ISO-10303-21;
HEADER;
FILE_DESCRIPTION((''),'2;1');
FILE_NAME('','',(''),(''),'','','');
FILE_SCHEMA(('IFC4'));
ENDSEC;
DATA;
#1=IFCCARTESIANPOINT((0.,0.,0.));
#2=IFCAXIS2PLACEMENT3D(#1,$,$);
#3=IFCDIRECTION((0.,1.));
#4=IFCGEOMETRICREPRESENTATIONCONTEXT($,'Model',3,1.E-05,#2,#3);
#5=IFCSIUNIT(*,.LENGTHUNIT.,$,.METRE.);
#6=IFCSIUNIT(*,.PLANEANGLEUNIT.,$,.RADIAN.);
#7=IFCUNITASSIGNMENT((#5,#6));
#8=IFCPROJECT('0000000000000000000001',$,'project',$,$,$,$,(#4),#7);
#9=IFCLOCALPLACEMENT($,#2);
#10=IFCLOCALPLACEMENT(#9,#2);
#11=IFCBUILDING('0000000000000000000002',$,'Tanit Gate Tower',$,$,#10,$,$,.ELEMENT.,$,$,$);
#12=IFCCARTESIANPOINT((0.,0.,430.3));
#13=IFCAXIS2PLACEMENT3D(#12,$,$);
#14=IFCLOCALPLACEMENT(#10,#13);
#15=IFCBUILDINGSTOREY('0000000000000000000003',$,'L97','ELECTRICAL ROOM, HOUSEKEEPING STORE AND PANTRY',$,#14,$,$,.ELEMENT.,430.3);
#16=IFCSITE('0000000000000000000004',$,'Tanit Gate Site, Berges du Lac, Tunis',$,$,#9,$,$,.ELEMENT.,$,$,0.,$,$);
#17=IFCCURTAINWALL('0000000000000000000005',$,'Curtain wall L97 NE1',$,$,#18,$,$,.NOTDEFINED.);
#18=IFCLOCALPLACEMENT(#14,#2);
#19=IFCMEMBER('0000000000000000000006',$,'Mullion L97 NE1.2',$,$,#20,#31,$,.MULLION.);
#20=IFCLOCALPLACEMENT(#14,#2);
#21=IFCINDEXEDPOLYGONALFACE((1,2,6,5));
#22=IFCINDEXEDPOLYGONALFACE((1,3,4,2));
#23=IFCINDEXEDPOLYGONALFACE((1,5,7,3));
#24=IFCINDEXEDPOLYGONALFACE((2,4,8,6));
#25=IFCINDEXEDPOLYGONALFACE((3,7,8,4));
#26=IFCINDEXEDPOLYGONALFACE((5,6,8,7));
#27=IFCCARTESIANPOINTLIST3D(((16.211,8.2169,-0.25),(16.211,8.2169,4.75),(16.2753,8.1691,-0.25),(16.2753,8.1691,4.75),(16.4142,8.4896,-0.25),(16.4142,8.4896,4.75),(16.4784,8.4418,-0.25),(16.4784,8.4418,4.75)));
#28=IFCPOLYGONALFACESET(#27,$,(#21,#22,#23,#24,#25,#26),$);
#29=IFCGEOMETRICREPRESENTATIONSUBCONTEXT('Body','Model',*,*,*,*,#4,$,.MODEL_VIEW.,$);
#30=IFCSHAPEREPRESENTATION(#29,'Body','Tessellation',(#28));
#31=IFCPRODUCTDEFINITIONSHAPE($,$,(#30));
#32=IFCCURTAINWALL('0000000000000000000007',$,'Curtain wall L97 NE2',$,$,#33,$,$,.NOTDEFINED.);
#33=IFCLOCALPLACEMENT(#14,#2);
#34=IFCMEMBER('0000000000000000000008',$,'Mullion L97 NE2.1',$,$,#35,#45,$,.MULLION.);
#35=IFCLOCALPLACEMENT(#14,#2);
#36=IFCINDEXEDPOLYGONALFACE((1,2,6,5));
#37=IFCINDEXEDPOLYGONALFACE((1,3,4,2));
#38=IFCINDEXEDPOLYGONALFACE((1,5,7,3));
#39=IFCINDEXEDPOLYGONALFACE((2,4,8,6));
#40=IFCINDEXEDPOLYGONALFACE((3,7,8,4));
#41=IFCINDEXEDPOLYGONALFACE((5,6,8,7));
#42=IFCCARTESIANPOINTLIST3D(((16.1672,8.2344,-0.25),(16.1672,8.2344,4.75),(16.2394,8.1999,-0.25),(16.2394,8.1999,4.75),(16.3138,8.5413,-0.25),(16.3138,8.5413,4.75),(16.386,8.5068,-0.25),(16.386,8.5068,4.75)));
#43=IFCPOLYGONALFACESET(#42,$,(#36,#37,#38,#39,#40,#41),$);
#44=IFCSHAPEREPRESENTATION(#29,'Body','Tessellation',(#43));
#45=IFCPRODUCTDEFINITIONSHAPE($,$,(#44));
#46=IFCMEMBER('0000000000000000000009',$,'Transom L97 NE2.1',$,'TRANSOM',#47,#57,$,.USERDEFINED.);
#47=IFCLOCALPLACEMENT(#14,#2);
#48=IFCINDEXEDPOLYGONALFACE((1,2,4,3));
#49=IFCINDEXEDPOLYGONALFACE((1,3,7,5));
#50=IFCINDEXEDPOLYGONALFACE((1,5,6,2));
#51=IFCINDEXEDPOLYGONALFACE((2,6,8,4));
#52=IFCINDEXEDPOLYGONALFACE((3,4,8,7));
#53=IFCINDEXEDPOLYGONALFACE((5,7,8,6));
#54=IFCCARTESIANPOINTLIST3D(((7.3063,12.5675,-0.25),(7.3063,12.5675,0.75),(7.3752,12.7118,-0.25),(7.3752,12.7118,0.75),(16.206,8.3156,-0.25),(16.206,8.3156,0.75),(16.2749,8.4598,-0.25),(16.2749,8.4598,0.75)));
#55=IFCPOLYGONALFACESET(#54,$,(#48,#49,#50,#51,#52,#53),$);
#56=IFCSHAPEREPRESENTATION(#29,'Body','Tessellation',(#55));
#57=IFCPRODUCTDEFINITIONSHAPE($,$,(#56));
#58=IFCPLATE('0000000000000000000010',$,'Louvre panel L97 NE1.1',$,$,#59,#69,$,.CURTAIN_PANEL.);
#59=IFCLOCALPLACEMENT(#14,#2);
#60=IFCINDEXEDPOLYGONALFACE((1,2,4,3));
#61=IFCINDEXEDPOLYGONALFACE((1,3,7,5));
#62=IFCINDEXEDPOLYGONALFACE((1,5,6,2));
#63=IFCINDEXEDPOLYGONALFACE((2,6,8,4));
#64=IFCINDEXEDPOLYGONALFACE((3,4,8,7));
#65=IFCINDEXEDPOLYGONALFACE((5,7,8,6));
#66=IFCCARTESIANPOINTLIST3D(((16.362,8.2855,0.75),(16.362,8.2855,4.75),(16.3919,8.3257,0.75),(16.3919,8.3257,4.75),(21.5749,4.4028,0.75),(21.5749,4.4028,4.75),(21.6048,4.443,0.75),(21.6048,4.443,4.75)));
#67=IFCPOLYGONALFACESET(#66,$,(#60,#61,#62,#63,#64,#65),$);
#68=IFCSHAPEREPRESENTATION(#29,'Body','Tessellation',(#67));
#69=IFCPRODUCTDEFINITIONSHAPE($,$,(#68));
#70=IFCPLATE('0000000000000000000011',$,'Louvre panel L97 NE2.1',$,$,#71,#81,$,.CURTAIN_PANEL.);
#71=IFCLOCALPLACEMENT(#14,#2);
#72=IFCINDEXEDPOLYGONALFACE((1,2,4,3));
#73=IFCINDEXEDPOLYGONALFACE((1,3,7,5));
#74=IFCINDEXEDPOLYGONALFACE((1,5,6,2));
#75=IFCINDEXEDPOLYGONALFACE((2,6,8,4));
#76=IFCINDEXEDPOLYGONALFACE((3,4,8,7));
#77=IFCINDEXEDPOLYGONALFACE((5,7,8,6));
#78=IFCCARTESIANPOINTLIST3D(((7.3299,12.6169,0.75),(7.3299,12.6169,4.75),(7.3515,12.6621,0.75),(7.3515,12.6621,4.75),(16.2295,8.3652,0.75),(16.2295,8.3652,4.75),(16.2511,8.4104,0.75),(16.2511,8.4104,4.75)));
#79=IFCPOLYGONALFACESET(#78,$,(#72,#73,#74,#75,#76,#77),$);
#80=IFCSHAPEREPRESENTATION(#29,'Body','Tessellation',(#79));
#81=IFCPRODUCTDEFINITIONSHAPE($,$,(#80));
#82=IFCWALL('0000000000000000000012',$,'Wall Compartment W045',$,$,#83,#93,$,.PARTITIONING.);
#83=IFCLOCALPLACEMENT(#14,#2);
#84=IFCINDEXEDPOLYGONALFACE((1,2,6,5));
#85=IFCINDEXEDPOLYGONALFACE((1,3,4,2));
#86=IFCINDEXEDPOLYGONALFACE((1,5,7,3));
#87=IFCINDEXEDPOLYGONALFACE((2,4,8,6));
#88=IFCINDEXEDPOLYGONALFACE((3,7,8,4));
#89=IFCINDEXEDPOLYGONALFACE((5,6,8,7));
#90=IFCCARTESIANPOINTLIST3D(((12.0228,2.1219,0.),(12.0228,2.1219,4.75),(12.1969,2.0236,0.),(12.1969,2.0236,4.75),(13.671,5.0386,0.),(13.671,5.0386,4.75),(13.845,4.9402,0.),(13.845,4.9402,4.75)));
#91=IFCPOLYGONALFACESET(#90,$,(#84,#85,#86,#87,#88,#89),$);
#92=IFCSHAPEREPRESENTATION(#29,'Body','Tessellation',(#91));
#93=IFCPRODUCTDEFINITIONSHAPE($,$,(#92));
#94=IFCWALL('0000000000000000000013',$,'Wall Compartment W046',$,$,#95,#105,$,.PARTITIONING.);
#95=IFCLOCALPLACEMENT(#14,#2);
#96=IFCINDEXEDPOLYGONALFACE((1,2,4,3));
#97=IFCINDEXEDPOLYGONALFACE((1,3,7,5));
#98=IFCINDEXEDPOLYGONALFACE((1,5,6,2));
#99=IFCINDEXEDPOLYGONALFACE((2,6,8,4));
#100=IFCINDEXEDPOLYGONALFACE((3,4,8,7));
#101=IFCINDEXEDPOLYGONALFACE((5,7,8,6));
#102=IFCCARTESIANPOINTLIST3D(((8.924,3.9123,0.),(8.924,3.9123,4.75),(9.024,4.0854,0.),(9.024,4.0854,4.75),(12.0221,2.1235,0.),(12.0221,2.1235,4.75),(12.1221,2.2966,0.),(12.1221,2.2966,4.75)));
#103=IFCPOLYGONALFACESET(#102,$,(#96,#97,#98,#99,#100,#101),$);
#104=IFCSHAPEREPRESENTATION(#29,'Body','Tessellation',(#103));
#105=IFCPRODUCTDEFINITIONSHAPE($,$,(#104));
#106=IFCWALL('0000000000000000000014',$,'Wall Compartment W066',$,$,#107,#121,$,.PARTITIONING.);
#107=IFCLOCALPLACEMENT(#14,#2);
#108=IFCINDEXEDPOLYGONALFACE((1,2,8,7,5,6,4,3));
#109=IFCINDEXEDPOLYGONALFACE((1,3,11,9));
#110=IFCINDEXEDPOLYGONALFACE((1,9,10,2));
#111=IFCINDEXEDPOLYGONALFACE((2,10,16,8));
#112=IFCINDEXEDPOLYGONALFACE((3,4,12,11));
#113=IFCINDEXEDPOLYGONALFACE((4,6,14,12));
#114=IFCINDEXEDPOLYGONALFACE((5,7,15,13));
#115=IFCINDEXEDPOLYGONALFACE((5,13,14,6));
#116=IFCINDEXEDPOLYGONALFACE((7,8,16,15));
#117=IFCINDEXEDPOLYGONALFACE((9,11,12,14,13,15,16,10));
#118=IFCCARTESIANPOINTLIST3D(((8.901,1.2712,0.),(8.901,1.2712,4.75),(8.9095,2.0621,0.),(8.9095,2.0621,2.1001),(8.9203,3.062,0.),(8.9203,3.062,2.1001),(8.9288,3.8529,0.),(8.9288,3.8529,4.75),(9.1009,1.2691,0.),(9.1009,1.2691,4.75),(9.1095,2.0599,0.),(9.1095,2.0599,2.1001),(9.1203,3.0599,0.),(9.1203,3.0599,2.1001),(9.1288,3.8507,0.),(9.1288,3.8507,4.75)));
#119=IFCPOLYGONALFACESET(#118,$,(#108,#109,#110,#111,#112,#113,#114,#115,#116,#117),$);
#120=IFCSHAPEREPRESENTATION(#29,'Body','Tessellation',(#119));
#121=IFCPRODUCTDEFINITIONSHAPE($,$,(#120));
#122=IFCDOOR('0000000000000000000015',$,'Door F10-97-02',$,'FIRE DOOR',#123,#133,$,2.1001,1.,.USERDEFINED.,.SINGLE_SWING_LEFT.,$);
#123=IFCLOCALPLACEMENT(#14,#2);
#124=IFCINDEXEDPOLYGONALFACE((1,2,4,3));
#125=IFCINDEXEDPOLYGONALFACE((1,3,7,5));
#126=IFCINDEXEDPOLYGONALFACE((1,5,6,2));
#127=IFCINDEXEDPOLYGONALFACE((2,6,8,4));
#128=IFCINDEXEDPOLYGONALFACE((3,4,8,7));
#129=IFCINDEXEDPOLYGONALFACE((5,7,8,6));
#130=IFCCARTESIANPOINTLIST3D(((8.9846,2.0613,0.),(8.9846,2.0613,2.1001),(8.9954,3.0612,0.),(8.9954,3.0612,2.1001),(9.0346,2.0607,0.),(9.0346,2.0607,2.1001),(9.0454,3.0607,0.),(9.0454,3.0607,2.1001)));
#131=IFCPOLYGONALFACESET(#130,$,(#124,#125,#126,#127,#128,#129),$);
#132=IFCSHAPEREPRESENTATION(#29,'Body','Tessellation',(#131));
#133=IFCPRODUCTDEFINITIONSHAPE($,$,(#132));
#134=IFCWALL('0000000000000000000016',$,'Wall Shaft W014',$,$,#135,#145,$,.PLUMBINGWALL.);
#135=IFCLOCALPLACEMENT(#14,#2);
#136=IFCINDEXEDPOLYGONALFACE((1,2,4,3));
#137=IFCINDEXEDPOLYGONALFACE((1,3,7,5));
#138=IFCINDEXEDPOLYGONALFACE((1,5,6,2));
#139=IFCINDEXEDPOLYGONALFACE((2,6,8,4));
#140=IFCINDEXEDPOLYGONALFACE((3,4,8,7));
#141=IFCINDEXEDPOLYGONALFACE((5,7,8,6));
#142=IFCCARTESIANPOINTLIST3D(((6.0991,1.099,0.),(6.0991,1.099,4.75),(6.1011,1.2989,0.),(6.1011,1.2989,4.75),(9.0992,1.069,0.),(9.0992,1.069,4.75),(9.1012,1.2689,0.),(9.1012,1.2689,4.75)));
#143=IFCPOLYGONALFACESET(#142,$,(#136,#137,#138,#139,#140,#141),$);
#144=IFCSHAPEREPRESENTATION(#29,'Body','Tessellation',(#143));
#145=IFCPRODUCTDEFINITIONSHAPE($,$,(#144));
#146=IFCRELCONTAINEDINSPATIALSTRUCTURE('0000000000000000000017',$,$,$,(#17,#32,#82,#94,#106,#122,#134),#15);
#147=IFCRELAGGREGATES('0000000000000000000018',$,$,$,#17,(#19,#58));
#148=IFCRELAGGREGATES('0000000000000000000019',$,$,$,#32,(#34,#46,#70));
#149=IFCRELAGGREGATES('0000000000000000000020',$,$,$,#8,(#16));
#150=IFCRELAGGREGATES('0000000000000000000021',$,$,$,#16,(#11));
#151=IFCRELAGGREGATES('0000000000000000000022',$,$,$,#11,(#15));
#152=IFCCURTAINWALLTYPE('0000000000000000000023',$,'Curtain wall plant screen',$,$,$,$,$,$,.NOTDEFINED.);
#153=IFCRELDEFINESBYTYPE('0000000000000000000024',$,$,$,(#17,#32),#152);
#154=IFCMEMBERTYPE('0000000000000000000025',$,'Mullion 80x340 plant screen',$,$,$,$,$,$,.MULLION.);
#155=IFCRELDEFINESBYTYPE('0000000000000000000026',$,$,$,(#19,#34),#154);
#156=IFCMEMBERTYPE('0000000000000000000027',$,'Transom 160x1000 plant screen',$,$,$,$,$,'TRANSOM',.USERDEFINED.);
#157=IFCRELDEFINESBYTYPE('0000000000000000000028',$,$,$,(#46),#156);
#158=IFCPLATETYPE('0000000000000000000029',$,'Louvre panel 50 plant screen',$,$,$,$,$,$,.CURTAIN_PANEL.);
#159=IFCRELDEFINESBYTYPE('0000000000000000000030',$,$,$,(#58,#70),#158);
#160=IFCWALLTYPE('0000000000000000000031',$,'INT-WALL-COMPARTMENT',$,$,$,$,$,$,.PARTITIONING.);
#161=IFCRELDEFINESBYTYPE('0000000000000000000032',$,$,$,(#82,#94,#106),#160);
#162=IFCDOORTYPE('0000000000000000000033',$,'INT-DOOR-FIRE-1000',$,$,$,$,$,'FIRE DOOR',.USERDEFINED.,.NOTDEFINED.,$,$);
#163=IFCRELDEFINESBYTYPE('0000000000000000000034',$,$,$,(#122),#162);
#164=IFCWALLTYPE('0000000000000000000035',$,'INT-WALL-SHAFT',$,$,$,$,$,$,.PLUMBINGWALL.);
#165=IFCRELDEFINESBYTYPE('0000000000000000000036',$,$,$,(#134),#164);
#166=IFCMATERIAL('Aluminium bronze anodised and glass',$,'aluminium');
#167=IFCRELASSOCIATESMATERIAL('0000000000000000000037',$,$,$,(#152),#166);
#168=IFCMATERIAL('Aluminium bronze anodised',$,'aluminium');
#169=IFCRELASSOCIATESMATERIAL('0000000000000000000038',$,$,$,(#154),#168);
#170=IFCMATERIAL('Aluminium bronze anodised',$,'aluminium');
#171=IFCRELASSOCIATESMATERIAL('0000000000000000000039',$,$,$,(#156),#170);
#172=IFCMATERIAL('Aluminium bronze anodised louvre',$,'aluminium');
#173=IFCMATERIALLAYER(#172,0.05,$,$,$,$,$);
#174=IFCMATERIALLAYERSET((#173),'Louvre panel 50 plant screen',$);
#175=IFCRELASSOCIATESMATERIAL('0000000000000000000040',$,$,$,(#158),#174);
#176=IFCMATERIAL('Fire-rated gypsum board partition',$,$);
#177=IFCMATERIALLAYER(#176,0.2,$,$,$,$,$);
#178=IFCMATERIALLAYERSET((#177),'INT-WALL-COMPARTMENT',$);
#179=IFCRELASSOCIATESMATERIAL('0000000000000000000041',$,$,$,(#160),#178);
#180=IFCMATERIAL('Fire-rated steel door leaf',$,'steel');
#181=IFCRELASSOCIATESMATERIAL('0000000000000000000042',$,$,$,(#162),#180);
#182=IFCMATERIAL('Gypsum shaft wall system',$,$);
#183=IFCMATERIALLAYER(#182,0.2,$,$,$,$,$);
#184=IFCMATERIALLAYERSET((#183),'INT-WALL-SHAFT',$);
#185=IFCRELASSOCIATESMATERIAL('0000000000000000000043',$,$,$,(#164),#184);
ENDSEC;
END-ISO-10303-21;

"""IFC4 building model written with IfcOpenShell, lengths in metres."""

from ifc_helpers import new_model, si_unit, direction, frame, frame_2d, origin, origin_2d, place, context, subcontext, project, spatial, rectangle, extrude, material, layer, layer_set, material_profile, profile_set, type_object, element, fill, aggregate, save


model = new_model("IFC4")

# Units and contexts
model_context = context("Model", 3, precision=1e-05, world=origin(), true_north=direction((0.0, 1.0)))
body_context = subcontext(model_context, "Body", "Model", "MODEL_VIEW")
ifc_project = project(units=[si_unit("LENGTHUNIT", "METRE"), si_unit("PLANEANGLEUNIT", "RADIAN")], contexts=[model_context])

# Site, building, storey
site_placement = place(None, origin())
site = spatial("IfcSite", under=ifc_project, at=site_placement, Name="Tanit Gate Site, Berges du Lac, Tunis", CompositionType="ELEMENT", RefElevation=0.0)
building_placement = place(site_placement, origin())
building = spatial("IfcBuilding", under=site, at=building_placement, Name="Tanit Gate Tower", CompositionType="ELEMENT")
storey_placement = place(building_placement, frame((0.0, 0.0, 430.3)))
storey = spatial("IfcBuildingStorey", under=building, at=storey_placement, Name="L97", Description="ELECTRICAL ROOM, HOUSEKEEPING STORE AND PANTRY", CompositionType="ELEMENT", Elevation=430.3)

# Curtain wall, member
ifc_material_1 = material(Name="Aluminium bronze anodised and glass", Category="aluminium")
curtain_wall_type = type_object("IfcCurtainWallType", Name="Curtain wall plant screen", PredefinedType="NOTDEFINED", material=ifc_material_1)
curtain_wall_1_placement = place(storey_placement, origin())
curtain_wall_1 = element("IfcCurtainWall", 1, at=curtain_wall_1_placement, inside=storey, type_object=curtain_wall_type, Name="Curtain wall L97 NE1", PredefinedType="NOTDEFINED")
ifc_material_2 = material(Name="Aluminium bronze anodised", Category="aluminium")
ifc_material_profile_1 = material_profile(ifc_material_2, rectangle(XDim=0.3401, YDim=0.0801, at=origin_2d()), Name="80x340 bronze mullion")
ifc_profile_set_1 = profile_set([ifc_material_profile_1], Name="Aluminium bronze anodised")
member_type_1 = type_object("IfcMemberType", Name="Mullion 80x340 plant screen", PredefinedType="MULLION", material=ifc_profile_set_1)
member_1_placement = place(storey_placement, frame((16.3447, 8.3293, -0.25), z_axis=(0.0, 0.0, 1.0), x_axis=(-0.597341, -0.801988, 0.0)))
member_1 = element("IfcMember", 2, at=member_1_placement, type_object=member_type_1, Name="Mullion L97 NE1.2", PredefinedType="MULLION", context=body_context, shape_type="SweptSolid", body=[
    extrude(rectangle(XDim=0.3401, YDim=0.0801, at=origin_2d()), origin(), (0.0, 0.0, 1.0), 5.0),
])

# Curtain wall, members
curtain_wall_2_placement = place(storey_placement, origin())
curtain_wall_2 = element("IfcCurtainWall", 3, at=curtain_wall_2_placement, inside=storey, type_object=curtain_wall_type, Name="Curtain wall L97 NE2", PredefinedType="NOTDEFINED")
member_2_placement = place(storey_placement, frame((16.2766, 8.3706, -0.25), z_axis=(0.0, 0.0, 1.0), x_axis=(-0.431073, -0.902317, 0.0)))
member_2 = element("IfcMember", 4, at=member_2_placement, type_object=member_type_1, Name="Mullion L97 NE2.1", PredefinedType="MULLION", context=body_context, shape_type="SweptSolid", body=[
    extrude(rectangle(XDim=0.3401, YDim=0.0801, at=origin_2d()), origin(), (0.0, 0.0, 1.0), 5.0),
])
ifc_material_3 = material(Name="Aluminium bronze anodised", Category="aluminium")
ifc_material_profile_2 = material_profile(ifc_material_3, rectangle(XDim=0.1599, YDim=1.0, at=origin_2d()), Name="160x1000 bronze transom")
ifc_profile_set_2 = profile_set([ifc_material_profile_2], Name="Aluminium bronze anodised")
member_type_2 = type_object("IfcMemberType", Name="Transom 160x1000 plant screen", ElementType="TRANSOM", PredefinedType="USERDEFINED", material=ifc_profile_set_2)
member_3_placement = place(storey_placement, frame((16.2405, 8.3877, 0.25), z_axis=(-0.902308, 0.431092, 0.0), x_axis=(-0.431092, -0.902308, 0.0)))
member_3 = element("IfcMember", 5, at=member_3_placement, type_object=member_type_2, Name="Transom L97 NE2.1", ObjectType="TRANSOM", PredefinedType="USERDEFINED", context=body_context, shape_type="SweptSolid", body=[
    extrude(rectangle(XDim=0.1599, YDim=1.0, at=origin_2d()), origin(), (0.0, 0.0, 1.0), 9.8633),
])

# Plates
ifc_material_4 = material(Name="Aluminium bronze anodised louvre", Category="aluminium")
ifc_layer_1 = layer(ifc_material_4, 0.05)
ifc_layer_set_1 = layer_set([ifc_layer_1], Name="Louvre panel 50 plant screen")
plate_type = type_object("IfcPlateType", Name="Louvre panel 50 plant screen", PredefinedType="CURTAIN_PANEL", material=ifc_layer_set_1)
plate_1_placement = place(storey_placement, frame((18.9834, 6.3643, 0.75), z_axis=(0.0, 0.0, 1.0), x_axis=(-0.801988, 0.597341, 0.0)))
plate_1 = element("IfcPlate", 6, at=plate_1_placement, type_object=plate_type, Name="Louvre panel L97 NE1.1", PredefinedType="CURTAIN_PANEL", context=body_context, shape_type="SweptSolid", body=[
    extrude(rectangle(XDim=6.5, YDim=0.05, at=origin_2d()), origin(), (0.0, 0.0, 1.0), 4.0),
])
aggregate(curtain_wall_1, [member_1, plate_1])
plate_2_placement = place(storey_placement, frame((11.7905, 10.5137, 0.75), z_axis=(0.0, 0.0, 1.0), x_axis=(-0.902317, 0.431073, 0.0)))
plate_2 = element("IfcPlate", 7, at=plate_2_placement, type_object=plate_type, Name="Louvre panel L97 NE2.1", PredefinedType="CURTAIN_PANEL", context=body_context, shape_type="SweptSolid", body=[
    extrude(rectangle(XDim=9.863, YDim=0.05, at=origin_2d()), origin(), (0.0, 0.0, 1.0), 4.0),
])
aggregate(curtain_wall_2, [member_2, member_3, plate_2])

# Walls
ifc_material_5 = material(Name="Fire-rated gypsum board partition")
ifc_layer_2 = layer(ifc_material_5, 0.2)
ifc_layer_set_2 = layer_set([ifc_layer_2], Name="INT-WALL-COMPARTMENT")
wall_type_1 = type_object("IfcWallType", Name="INT-WALL-COMPARTMENT", PredefinedType="PARTITIONING", material=ifc_layer_set_2)
wall_1_placement = place(storey_placement, frame((12.1099, 2.0728, 0.0), z_axis=(0.0, 0.0, 1.0), x_axis=(0.491966, 0.870614, 0.0)))
element("IfcWall", 8, at=wall_1_placement, inside=storey, type_object=wall_type_1, Name="Wall Compartment W045", PredefinedType="PARTITIONING", context=body_context, shape_type="SweptSolid", body=[
    extrude(rectangle(XDim=3.3501, YDim=0.2, at=frame_2d((1.675, 0.0))), origin(), (0.0, 0.0, 1.0), 4.75),
])
wall_2_placement = place(storey_placement, frame((8.9741, 3.9988, 0.0), z_axis=(0.0, 0.0, 1.0), x_axis=(0.866013, -0.500022, 0.0)))
element("IfcWall", 9, at=wall_2_placement, inside=storey, type_object=wall_type_1, Name="Wall Compartment W046", PredefinedType="PARTITIONING", context=body_context, shape_type="SweptSolid", body=[
    extrude(rectangle(XDim=3.5774, YDim=0.2, at=frame_2d((1.7886, 0.0))), origin(), (0.0, 0.0, 1.0), 4.75),
])

# Wall, opening, door
wall_3_placement = place(storey_placement, frame((9.001, 1.27, 0.0), z_axis=(0.0, 0.0, 1.0), x_axis=(0.010781, 0.999942, 0.0)))
wall_3 = element("IfcWall", 10, at=wall_3_placement, inside=storey, type_object=wall_type_1, Name="Wall Compartment W066", PredefinedType="PARTITIONING", context=body_context, shape_type="SweptSolid", body=[
    extrude(rectangle(XDim=2.5818, YDim=0.2, at=frame_2d((1.291, 0.0))), origin(), (0.0, 0.0, 1.0), 4.75),
])
opening_1_placement = place(wall_3_placement, frame((0.791, 0.0, 0.0)))
opening_1 = element("IfcOpeningElement", 11, at=opening_1_placement, cuts=wall_3, PredefinedType="OPENING", context=body_context, shape_type="SweptSolid", body=[
    extrude(rectangle(XDim=1.0, YDim=2.1001, at=frame_2d((0.5, 1.05))), frame((0.0, 0.1099, 0.0), z_axis=(0.0, -1.0, 0.0), x_axis=(1.0, 0.0, 0.0)), (0.0, 0.0, 1.0), 0.22),
])
ifc_material_6 = material(Name="Fire-rated steel door leaf", Category="steel")
door_type_1 = type_object("IfcDoorType", Name="INT-DOOR-FIRE-1000", ElementType="FIRE DOOR", OperationType="NOTDEFINED", PredefinedType="USERDEFINED", material=ifc_material_6)
door_1_placement = place(opening_1_placement, origin())
door_1 = element("IfcDoor", 12, at=door_1_placement, inside=storey, type_object=door_type_1, Name="Door F10-97-02", ObjectType="FIRE DOOR", OperationType="SINGLE_SWING_LEFT", OverallHeight=2.1001, OverallWidth=1.0, PredefinedType="USERDEFINED", context=body_context, shape_type="SweptSolid", body=[
    extrude(rectangle(XDim=1.0, YDim=2.1001, at=frame_2d((0.5, 1.05))), frame((0.0, 0.0249, 0.0), z_axis=(0.0, -1.0, 0.0), x_axis=(1.0, 0.0, 0.0)), (0.0, 0.0, 1.0), 0.05),
])
fill(opening_1, door_1)
ifc_material_7 = material(Name="Gypsum shaft wall system")
ifc_layer_3 = layer(ifc_material_7, 0.2)
ifc_layer_set_3 = layer_set([ifc_layer_3], Name="INT-WALL-SHAFT")
wall_type_2 = type_object("IfcWallType", Name="INT-WALL-SHAFT", PredefinedType="PLUMBINGWALL", material=ifc_layer_set_3)

# Wall
wall_4_placement = place(storey_placement, frame((9.1001, 1.1689, 0.0), z_axis=(0.0, 0.0, 1.0), x_axis=(-0.99995, 0.010009, 0.0)))
element("IfcWall", 13, at=wall_4_placement, inside=storey, type_object=wall_type_2, Name="Wall Shaft W014", PredefinedType="PLUMBINGWALL", context=body_context, shape_type="SweptSolid", body=[
    extrude(rectangle(XDim=3.0002, YDim=0.2, at=frame_2d((1.5, 0.0))), origin(), (0.0, 0.0, 1.0), 4.75),
])

save(model, "model.ifc")
